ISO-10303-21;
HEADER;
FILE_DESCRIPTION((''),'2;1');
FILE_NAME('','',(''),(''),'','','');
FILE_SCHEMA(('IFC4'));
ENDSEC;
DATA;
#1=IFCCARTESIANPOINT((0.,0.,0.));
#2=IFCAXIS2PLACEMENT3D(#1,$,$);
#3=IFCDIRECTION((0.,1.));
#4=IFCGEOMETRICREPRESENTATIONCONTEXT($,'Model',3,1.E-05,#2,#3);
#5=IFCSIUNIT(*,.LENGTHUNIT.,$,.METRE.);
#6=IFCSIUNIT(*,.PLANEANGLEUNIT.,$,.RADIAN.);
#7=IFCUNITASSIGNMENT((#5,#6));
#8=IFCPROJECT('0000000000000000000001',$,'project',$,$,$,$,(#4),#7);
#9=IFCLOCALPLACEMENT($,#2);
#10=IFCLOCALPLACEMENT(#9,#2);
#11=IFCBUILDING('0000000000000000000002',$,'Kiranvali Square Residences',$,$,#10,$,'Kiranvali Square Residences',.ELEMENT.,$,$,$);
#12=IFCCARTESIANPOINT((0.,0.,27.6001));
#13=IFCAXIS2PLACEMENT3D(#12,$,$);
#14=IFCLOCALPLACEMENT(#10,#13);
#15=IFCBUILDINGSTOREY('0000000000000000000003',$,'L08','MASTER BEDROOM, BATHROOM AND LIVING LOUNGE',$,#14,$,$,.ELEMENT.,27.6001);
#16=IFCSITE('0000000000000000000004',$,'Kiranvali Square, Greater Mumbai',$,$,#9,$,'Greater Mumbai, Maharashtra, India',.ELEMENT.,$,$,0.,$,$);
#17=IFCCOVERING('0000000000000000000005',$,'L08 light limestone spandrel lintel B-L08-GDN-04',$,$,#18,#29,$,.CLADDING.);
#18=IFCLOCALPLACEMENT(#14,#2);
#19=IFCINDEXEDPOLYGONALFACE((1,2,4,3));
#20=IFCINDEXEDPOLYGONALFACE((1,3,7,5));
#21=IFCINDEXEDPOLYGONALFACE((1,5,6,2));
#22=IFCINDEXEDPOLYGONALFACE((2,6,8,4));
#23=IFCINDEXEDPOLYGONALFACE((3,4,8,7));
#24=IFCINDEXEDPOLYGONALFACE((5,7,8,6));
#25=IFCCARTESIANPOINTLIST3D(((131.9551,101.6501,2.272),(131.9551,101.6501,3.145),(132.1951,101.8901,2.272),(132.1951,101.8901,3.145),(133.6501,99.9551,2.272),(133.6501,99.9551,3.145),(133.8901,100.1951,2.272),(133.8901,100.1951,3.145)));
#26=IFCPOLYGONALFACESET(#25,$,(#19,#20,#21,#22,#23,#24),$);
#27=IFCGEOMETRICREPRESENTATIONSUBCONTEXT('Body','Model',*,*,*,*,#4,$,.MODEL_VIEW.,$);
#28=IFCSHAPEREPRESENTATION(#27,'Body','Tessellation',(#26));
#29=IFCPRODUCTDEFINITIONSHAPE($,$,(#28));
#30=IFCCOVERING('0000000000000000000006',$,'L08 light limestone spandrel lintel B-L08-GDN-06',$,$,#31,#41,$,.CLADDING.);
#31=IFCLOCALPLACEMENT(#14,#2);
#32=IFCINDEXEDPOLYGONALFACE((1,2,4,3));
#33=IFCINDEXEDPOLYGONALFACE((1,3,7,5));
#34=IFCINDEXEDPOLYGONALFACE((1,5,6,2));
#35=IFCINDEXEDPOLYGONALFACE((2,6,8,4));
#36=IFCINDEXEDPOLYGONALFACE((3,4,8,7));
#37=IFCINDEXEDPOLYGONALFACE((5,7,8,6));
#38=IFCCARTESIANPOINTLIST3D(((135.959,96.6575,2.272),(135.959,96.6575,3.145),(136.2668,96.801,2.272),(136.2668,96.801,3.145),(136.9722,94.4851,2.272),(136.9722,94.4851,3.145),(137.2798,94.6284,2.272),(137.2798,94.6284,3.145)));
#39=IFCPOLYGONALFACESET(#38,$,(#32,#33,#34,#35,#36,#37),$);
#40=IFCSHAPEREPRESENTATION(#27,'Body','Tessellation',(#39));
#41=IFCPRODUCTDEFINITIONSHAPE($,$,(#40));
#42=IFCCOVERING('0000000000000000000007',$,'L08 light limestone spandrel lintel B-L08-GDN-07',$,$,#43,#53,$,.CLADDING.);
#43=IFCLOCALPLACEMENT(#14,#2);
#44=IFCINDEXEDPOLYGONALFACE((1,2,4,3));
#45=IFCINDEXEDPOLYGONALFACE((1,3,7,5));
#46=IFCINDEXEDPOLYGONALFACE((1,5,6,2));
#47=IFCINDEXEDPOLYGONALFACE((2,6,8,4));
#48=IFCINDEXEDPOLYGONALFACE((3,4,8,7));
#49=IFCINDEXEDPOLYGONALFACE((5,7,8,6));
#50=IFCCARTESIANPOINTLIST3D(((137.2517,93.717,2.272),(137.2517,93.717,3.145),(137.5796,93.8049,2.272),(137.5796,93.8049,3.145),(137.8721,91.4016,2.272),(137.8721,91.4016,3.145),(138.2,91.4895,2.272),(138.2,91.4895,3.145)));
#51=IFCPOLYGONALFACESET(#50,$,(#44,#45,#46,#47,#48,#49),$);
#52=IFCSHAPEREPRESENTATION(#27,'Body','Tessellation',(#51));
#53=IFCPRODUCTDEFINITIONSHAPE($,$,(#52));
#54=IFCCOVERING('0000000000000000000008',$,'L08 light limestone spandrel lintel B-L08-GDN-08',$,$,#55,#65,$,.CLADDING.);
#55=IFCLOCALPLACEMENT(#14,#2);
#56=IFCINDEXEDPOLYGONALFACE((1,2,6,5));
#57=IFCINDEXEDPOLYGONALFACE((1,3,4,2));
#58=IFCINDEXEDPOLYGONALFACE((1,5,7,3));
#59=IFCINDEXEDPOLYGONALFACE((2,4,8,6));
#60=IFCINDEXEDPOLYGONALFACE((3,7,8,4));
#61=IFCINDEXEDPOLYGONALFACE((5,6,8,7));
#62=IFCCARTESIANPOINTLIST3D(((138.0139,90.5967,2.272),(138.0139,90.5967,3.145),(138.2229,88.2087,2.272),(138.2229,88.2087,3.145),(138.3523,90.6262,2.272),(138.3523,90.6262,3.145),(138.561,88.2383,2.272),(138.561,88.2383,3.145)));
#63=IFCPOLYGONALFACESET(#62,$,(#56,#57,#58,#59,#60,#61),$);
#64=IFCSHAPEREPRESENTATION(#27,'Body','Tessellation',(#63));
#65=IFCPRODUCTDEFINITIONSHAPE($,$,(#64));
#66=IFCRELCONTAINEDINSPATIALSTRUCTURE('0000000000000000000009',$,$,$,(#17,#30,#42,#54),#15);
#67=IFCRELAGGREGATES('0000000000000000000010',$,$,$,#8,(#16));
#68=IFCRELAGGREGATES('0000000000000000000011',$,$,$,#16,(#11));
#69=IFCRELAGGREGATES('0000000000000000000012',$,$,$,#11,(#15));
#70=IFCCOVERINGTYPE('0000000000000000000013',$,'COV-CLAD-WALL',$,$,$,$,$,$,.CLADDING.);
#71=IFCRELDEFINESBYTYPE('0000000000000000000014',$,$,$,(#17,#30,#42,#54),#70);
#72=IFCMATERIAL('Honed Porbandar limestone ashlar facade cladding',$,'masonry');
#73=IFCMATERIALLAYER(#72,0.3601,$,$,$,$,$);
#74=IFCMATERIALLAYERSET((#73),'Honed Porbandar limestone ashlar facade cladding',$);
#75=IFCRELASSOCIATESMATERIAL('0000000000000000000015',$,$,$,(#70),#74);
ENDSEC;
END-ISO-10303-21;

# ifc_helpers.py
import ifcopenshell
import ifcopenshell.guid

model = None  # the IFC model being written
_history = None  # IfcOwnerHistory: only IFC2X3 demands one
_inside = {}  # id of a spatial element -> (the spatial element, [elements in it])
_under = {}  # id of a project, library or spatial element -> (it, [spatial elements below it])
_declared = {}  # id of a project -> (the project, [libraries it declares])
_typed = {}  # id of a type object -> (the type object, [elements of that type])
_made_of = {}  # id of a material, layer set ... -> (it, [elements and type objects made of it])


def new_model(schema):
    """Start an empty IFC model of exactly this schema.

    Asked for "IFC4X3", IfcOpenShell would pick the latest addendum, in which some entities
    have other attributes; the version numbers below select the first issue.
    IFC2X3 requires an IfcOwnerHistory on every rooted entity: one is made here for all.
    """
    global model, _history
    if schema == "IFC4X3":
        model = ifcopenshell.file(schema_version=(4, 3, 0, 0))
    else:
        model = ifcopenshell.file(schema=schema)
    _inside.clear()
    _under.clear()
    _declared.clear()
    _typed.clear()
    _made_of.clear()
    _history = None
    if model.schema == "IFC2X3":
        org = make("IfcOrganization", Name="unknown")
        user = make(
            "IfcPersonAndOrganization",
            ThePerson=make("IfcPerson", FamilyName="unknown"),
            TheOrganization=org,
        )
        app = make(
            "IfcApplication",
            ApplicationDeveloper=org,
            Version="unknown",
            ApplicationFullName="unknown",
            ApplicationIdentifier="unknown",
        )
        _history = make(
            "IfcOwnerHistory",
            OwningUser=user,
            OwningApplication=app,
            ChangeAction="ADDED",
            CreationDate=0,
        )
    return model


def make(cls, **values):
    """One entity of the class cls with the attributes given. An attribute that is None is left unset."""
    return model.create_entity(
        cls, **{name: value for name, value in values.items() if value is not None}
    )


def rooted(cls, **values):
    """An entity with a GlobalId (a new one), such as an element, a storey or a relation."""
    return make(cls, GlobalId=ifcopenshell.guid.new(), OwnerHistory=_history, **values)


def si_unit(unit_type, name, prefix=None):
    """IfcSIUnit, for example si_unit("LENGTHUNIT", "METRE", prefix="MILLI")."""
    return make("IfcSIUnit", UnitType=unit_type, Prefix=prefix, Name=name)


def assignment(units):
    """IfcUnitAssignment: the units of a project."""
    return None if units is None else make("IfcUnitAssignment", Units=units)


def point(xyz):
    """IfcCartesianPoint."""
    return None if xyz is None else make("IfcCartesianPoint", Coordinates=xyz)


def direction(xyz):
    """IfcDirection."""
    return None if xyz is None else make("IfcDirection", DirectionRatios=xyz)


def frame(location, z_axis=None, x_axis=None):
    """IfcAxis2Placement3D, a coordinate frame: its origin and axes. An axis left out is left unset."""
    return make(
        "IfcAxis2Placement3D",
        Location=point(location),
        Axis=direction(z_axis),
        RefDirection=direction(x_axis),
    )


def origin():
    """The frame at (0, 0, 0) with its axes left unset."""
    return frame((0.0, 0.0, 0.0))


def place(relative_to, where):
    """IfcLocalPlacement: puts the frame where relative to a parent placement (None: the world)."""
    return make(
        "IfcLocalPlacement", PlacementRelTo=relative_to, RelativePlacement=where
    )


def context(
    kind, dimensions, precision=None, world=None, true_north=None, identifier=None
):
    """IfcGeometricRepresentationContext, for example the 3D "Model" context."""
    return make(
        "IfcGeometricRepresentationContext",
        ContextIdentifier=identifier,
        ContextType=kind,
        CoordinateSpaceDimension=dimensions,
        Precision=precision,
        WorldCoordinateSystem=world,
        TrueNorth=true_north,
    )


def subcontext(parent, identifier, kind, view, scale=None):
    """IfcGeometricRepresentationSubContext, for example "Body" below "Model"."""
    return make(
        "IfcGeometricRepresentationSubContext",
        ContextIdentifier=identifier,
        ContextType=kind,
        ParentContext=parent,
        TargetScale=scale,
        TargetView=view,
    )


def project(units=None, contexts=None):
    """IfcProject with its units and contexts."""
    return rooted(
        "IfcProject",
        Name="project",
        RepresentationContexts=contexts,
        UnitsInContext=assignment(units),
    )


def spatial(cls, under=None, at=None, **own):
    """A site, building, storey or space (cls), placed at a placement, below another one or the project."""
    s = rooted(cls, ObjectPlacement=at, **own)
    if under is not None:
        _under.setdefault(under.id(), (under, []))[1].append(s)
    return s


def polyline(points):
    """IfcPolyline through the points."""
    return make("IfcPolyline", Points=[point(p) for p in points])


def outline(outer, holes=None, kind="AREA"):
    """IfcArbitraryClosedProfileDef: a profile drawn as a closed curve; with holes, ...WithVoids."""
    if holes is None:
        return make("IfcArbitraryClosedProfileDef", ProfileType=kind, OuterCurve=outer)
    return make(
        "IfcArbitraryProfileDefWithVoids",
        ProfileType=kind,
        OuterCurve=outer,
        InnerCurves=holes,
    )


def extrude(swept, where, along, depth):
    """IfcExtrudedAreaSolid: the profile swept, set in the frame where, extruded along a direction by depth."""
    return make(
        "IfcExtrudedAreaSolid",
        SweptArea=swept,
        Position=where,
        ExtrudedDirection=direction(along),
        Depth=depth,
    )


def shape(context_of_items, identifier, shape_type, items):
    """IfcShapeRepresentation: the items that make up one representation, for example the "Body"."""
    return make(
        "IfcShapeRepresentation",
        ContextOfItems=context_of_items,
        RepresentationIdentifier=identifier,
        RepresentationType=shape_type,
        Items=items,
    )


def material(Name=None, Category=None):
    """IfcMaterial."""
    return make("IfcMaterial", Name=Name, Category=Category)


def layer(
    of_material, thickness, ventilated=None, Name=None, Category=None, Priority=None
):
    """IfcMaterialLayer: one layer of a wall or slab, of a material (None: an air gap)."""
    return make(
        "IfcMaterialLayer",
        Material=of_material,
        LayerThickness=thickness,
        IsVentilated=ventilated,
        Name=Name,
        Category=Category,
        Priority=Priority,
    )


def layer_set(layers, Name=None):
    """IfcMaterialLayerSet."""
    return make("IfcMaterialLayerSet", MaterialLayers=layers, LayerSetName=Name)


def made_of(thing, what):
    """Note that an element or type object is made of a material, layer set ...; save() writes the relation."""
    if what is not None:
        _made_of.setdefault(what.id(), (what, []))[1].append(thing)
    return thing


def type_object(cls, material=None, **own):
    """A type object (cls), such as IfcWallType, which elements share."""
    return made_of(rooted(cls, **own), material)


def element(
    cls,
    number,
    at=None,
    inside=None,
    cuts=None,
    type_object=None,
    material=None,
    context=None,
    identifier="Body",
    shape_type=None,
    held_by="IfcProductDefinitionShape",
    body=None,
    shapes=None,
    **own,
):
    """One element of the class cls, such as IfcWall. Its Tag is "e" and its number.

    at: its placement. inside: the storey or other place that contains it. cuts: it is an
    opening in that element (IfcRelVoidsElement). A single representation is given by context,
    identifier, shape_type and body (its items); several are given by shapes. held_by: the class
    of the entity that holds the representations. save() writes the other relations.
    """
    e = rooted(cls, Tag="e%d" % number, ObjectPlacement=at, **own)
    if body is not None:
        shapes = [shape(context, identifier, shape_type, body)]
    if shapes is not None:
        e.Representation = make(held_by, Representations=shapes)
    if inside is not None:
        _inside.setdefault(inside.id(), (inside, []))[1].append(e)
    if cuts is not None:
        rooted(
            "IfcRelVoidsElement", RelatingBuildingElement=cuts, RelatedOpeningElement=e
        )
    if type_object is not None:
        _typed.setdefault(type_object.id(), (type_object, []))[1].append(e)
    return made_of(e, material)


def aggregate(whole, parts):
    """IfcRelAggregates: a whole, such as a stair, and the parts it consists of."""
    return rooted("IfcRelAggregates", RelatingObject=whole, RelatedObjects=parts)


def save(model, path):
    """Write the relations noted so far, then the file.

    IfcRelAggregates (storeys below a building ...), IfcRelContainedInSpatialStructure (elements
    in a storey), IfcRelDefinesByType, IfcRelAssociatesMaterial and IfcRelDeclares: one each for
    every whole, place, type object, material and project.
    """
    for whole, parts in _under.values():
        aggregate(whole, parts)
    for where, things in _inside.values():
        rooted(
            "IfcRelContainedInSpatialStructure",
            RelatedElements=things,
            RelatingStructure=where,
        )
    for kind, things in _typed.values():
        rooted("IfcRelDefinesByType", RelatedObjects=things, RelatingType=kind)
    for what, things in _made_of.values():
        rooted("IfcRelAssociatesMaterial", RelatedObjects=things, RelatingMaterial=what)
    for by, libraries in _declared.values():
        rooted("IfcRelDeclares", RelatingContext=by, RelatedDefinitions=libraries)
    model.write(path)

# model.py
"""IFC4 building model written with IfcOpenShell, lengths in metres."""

from ifc_helpers import new_model, si_unit, direction, frame, origin, place, context, subcontext, project, spatial, polyline, outline, extrude, material, layer, layer_set, type_object, element, save


model = new_model("IFC4")

# Units and contexts
model_context = context("Model", 3, precision=1e-05, world=origin(), true_north=direction((0.0, 1.0)))
body_context = subcontext(model_context, "Body", "Model", "MODEL_VIEW")
ifc_project = project(units=[si_unit("LENGTHUNIT", "METRE"), si_unit("PLANEANGLEUNIT", "RADIAN")], contexts=[model_context])

# Site, building, storey
site_placement = place(None, origin())
site = spatial("IfcSite", under=ifc_project, at=site_placement, Name="Kiranvali Square, Greater Mumbai", LongName="Greater Mumbai, Maharashtra, India", CompositionType="ELEMENT", RefElevation=0.0)
building_placement = place(site_placement, origin())
building = spatial("IfcBuilding", under=site, at=building_placement, Name="Kiranvali Square Residences", LongName="Kiranvali Square Residences", CompositionType="ELEMENT")
storey_placement = place(building_placement, frame((0.0, 0.0, 27.6001)))
storey = spatial("IfcBuildingStorey", under=building, at=storey_placement, Name="L08", Description="MASTER BEDROOM, BATHROOM AND LIVING LOUNGE", CompositionType="ELEMENT", Elevation=27.6001)

# Coverings
ifc_material = material(Name="Honed Porbandar limestone ashlar facade cladding", Category="masonry")
ifc_layer = layer(ifc_material, 0.3601)
ifc_layer_set = layer_set([ifc_layer], Name="Honed Porbandar limestone ashlar facade cladding")
covering_type = type_object("IfcCoveringType", Name="COV-CLAD-WALL", PredefinedType="CLADDING", material=ifc_layer_set)
covering_1_placement = place(storey_placement, frame((0.0, 0.0, 2.272)))
element("IfcCovering", 1, at=covering_1_placement, inside=storey, type_object=covering_type, Name="L08 light limestone spandrel lintel B-L08-GDN-04", PredefinedType="CLADDING", context=body_context, shape_type="SweptSolid", body=[
    extrude(outline(polyline([(131.9551, 101.6501), (133.6501, 99.9551), (133.8901, 100.1951), (132.1951, 101.8901), (131.9551, 101.6501)])), origin(), (0.0, 0.0, 1.0), 0.873),
])
covering_2_placement = place(storey_placement, frame((0.0, 0.0, 2.272)))
element("IfcCovering", 2, at=covering_2_placement, inside=storey, type_object=covering_type, Name="L08 light limestone spandrel lintel B-L08-GDN-06", PredefinedType="CLADDING", context=body_context, shape_type="SweptSolid", body=[
    extrude(outline(polyline([(135.959, 96.6575), (136.9722, 94.4851), (137.2798, 94.6284), (136.2668, 96.801), (135.959, 96.6575)])), origin(), (0.0, 0.0, 1.0), 0.873),
])
covering_3_placement = place(storey_placement, frame((0.0, 0.0, 2.272)))
element("IfcCovering", 3, at=covering_3_placement, inside=storey, type_object=covering_type, Name="L08 light limestone spandrel lintel B-L08-GDN-07", PredefinedType="CLADDING", context=body_context, shape_type="SweptSolid", body=[
    extrude(outline(polyline([(137.2517, 93.717), (137.8721, 91.4016), (138.2, 91.4895), (137.5796, 93.8049), (137.2517, 93.717)])), origin(), (0.0, 0.0, 1.0), 0.873),
])
covering_4_placement = place(storey_placement, frame((0.0, 0.0, 2.272)))
element("IfcCovering", 4, at=covering_4_placement, inside=storey, type_object=covering_type, Name="L08 light limestone spandrel lintel B-L08-GDN-08", PredefinedType="CLADDING", context=body_context, shape_type="SweptSolid", body=[
    extrude(outline(polyline([(138.0139, 90.5967), (138.2229, 88.2087), (138.561, 88.2383), (138.3523, 90.6262), (138.0139, 90.5967)])), origin(), (0.0, 0.0, 1.0), 0.873),
])

save(model, "model.ifc")
